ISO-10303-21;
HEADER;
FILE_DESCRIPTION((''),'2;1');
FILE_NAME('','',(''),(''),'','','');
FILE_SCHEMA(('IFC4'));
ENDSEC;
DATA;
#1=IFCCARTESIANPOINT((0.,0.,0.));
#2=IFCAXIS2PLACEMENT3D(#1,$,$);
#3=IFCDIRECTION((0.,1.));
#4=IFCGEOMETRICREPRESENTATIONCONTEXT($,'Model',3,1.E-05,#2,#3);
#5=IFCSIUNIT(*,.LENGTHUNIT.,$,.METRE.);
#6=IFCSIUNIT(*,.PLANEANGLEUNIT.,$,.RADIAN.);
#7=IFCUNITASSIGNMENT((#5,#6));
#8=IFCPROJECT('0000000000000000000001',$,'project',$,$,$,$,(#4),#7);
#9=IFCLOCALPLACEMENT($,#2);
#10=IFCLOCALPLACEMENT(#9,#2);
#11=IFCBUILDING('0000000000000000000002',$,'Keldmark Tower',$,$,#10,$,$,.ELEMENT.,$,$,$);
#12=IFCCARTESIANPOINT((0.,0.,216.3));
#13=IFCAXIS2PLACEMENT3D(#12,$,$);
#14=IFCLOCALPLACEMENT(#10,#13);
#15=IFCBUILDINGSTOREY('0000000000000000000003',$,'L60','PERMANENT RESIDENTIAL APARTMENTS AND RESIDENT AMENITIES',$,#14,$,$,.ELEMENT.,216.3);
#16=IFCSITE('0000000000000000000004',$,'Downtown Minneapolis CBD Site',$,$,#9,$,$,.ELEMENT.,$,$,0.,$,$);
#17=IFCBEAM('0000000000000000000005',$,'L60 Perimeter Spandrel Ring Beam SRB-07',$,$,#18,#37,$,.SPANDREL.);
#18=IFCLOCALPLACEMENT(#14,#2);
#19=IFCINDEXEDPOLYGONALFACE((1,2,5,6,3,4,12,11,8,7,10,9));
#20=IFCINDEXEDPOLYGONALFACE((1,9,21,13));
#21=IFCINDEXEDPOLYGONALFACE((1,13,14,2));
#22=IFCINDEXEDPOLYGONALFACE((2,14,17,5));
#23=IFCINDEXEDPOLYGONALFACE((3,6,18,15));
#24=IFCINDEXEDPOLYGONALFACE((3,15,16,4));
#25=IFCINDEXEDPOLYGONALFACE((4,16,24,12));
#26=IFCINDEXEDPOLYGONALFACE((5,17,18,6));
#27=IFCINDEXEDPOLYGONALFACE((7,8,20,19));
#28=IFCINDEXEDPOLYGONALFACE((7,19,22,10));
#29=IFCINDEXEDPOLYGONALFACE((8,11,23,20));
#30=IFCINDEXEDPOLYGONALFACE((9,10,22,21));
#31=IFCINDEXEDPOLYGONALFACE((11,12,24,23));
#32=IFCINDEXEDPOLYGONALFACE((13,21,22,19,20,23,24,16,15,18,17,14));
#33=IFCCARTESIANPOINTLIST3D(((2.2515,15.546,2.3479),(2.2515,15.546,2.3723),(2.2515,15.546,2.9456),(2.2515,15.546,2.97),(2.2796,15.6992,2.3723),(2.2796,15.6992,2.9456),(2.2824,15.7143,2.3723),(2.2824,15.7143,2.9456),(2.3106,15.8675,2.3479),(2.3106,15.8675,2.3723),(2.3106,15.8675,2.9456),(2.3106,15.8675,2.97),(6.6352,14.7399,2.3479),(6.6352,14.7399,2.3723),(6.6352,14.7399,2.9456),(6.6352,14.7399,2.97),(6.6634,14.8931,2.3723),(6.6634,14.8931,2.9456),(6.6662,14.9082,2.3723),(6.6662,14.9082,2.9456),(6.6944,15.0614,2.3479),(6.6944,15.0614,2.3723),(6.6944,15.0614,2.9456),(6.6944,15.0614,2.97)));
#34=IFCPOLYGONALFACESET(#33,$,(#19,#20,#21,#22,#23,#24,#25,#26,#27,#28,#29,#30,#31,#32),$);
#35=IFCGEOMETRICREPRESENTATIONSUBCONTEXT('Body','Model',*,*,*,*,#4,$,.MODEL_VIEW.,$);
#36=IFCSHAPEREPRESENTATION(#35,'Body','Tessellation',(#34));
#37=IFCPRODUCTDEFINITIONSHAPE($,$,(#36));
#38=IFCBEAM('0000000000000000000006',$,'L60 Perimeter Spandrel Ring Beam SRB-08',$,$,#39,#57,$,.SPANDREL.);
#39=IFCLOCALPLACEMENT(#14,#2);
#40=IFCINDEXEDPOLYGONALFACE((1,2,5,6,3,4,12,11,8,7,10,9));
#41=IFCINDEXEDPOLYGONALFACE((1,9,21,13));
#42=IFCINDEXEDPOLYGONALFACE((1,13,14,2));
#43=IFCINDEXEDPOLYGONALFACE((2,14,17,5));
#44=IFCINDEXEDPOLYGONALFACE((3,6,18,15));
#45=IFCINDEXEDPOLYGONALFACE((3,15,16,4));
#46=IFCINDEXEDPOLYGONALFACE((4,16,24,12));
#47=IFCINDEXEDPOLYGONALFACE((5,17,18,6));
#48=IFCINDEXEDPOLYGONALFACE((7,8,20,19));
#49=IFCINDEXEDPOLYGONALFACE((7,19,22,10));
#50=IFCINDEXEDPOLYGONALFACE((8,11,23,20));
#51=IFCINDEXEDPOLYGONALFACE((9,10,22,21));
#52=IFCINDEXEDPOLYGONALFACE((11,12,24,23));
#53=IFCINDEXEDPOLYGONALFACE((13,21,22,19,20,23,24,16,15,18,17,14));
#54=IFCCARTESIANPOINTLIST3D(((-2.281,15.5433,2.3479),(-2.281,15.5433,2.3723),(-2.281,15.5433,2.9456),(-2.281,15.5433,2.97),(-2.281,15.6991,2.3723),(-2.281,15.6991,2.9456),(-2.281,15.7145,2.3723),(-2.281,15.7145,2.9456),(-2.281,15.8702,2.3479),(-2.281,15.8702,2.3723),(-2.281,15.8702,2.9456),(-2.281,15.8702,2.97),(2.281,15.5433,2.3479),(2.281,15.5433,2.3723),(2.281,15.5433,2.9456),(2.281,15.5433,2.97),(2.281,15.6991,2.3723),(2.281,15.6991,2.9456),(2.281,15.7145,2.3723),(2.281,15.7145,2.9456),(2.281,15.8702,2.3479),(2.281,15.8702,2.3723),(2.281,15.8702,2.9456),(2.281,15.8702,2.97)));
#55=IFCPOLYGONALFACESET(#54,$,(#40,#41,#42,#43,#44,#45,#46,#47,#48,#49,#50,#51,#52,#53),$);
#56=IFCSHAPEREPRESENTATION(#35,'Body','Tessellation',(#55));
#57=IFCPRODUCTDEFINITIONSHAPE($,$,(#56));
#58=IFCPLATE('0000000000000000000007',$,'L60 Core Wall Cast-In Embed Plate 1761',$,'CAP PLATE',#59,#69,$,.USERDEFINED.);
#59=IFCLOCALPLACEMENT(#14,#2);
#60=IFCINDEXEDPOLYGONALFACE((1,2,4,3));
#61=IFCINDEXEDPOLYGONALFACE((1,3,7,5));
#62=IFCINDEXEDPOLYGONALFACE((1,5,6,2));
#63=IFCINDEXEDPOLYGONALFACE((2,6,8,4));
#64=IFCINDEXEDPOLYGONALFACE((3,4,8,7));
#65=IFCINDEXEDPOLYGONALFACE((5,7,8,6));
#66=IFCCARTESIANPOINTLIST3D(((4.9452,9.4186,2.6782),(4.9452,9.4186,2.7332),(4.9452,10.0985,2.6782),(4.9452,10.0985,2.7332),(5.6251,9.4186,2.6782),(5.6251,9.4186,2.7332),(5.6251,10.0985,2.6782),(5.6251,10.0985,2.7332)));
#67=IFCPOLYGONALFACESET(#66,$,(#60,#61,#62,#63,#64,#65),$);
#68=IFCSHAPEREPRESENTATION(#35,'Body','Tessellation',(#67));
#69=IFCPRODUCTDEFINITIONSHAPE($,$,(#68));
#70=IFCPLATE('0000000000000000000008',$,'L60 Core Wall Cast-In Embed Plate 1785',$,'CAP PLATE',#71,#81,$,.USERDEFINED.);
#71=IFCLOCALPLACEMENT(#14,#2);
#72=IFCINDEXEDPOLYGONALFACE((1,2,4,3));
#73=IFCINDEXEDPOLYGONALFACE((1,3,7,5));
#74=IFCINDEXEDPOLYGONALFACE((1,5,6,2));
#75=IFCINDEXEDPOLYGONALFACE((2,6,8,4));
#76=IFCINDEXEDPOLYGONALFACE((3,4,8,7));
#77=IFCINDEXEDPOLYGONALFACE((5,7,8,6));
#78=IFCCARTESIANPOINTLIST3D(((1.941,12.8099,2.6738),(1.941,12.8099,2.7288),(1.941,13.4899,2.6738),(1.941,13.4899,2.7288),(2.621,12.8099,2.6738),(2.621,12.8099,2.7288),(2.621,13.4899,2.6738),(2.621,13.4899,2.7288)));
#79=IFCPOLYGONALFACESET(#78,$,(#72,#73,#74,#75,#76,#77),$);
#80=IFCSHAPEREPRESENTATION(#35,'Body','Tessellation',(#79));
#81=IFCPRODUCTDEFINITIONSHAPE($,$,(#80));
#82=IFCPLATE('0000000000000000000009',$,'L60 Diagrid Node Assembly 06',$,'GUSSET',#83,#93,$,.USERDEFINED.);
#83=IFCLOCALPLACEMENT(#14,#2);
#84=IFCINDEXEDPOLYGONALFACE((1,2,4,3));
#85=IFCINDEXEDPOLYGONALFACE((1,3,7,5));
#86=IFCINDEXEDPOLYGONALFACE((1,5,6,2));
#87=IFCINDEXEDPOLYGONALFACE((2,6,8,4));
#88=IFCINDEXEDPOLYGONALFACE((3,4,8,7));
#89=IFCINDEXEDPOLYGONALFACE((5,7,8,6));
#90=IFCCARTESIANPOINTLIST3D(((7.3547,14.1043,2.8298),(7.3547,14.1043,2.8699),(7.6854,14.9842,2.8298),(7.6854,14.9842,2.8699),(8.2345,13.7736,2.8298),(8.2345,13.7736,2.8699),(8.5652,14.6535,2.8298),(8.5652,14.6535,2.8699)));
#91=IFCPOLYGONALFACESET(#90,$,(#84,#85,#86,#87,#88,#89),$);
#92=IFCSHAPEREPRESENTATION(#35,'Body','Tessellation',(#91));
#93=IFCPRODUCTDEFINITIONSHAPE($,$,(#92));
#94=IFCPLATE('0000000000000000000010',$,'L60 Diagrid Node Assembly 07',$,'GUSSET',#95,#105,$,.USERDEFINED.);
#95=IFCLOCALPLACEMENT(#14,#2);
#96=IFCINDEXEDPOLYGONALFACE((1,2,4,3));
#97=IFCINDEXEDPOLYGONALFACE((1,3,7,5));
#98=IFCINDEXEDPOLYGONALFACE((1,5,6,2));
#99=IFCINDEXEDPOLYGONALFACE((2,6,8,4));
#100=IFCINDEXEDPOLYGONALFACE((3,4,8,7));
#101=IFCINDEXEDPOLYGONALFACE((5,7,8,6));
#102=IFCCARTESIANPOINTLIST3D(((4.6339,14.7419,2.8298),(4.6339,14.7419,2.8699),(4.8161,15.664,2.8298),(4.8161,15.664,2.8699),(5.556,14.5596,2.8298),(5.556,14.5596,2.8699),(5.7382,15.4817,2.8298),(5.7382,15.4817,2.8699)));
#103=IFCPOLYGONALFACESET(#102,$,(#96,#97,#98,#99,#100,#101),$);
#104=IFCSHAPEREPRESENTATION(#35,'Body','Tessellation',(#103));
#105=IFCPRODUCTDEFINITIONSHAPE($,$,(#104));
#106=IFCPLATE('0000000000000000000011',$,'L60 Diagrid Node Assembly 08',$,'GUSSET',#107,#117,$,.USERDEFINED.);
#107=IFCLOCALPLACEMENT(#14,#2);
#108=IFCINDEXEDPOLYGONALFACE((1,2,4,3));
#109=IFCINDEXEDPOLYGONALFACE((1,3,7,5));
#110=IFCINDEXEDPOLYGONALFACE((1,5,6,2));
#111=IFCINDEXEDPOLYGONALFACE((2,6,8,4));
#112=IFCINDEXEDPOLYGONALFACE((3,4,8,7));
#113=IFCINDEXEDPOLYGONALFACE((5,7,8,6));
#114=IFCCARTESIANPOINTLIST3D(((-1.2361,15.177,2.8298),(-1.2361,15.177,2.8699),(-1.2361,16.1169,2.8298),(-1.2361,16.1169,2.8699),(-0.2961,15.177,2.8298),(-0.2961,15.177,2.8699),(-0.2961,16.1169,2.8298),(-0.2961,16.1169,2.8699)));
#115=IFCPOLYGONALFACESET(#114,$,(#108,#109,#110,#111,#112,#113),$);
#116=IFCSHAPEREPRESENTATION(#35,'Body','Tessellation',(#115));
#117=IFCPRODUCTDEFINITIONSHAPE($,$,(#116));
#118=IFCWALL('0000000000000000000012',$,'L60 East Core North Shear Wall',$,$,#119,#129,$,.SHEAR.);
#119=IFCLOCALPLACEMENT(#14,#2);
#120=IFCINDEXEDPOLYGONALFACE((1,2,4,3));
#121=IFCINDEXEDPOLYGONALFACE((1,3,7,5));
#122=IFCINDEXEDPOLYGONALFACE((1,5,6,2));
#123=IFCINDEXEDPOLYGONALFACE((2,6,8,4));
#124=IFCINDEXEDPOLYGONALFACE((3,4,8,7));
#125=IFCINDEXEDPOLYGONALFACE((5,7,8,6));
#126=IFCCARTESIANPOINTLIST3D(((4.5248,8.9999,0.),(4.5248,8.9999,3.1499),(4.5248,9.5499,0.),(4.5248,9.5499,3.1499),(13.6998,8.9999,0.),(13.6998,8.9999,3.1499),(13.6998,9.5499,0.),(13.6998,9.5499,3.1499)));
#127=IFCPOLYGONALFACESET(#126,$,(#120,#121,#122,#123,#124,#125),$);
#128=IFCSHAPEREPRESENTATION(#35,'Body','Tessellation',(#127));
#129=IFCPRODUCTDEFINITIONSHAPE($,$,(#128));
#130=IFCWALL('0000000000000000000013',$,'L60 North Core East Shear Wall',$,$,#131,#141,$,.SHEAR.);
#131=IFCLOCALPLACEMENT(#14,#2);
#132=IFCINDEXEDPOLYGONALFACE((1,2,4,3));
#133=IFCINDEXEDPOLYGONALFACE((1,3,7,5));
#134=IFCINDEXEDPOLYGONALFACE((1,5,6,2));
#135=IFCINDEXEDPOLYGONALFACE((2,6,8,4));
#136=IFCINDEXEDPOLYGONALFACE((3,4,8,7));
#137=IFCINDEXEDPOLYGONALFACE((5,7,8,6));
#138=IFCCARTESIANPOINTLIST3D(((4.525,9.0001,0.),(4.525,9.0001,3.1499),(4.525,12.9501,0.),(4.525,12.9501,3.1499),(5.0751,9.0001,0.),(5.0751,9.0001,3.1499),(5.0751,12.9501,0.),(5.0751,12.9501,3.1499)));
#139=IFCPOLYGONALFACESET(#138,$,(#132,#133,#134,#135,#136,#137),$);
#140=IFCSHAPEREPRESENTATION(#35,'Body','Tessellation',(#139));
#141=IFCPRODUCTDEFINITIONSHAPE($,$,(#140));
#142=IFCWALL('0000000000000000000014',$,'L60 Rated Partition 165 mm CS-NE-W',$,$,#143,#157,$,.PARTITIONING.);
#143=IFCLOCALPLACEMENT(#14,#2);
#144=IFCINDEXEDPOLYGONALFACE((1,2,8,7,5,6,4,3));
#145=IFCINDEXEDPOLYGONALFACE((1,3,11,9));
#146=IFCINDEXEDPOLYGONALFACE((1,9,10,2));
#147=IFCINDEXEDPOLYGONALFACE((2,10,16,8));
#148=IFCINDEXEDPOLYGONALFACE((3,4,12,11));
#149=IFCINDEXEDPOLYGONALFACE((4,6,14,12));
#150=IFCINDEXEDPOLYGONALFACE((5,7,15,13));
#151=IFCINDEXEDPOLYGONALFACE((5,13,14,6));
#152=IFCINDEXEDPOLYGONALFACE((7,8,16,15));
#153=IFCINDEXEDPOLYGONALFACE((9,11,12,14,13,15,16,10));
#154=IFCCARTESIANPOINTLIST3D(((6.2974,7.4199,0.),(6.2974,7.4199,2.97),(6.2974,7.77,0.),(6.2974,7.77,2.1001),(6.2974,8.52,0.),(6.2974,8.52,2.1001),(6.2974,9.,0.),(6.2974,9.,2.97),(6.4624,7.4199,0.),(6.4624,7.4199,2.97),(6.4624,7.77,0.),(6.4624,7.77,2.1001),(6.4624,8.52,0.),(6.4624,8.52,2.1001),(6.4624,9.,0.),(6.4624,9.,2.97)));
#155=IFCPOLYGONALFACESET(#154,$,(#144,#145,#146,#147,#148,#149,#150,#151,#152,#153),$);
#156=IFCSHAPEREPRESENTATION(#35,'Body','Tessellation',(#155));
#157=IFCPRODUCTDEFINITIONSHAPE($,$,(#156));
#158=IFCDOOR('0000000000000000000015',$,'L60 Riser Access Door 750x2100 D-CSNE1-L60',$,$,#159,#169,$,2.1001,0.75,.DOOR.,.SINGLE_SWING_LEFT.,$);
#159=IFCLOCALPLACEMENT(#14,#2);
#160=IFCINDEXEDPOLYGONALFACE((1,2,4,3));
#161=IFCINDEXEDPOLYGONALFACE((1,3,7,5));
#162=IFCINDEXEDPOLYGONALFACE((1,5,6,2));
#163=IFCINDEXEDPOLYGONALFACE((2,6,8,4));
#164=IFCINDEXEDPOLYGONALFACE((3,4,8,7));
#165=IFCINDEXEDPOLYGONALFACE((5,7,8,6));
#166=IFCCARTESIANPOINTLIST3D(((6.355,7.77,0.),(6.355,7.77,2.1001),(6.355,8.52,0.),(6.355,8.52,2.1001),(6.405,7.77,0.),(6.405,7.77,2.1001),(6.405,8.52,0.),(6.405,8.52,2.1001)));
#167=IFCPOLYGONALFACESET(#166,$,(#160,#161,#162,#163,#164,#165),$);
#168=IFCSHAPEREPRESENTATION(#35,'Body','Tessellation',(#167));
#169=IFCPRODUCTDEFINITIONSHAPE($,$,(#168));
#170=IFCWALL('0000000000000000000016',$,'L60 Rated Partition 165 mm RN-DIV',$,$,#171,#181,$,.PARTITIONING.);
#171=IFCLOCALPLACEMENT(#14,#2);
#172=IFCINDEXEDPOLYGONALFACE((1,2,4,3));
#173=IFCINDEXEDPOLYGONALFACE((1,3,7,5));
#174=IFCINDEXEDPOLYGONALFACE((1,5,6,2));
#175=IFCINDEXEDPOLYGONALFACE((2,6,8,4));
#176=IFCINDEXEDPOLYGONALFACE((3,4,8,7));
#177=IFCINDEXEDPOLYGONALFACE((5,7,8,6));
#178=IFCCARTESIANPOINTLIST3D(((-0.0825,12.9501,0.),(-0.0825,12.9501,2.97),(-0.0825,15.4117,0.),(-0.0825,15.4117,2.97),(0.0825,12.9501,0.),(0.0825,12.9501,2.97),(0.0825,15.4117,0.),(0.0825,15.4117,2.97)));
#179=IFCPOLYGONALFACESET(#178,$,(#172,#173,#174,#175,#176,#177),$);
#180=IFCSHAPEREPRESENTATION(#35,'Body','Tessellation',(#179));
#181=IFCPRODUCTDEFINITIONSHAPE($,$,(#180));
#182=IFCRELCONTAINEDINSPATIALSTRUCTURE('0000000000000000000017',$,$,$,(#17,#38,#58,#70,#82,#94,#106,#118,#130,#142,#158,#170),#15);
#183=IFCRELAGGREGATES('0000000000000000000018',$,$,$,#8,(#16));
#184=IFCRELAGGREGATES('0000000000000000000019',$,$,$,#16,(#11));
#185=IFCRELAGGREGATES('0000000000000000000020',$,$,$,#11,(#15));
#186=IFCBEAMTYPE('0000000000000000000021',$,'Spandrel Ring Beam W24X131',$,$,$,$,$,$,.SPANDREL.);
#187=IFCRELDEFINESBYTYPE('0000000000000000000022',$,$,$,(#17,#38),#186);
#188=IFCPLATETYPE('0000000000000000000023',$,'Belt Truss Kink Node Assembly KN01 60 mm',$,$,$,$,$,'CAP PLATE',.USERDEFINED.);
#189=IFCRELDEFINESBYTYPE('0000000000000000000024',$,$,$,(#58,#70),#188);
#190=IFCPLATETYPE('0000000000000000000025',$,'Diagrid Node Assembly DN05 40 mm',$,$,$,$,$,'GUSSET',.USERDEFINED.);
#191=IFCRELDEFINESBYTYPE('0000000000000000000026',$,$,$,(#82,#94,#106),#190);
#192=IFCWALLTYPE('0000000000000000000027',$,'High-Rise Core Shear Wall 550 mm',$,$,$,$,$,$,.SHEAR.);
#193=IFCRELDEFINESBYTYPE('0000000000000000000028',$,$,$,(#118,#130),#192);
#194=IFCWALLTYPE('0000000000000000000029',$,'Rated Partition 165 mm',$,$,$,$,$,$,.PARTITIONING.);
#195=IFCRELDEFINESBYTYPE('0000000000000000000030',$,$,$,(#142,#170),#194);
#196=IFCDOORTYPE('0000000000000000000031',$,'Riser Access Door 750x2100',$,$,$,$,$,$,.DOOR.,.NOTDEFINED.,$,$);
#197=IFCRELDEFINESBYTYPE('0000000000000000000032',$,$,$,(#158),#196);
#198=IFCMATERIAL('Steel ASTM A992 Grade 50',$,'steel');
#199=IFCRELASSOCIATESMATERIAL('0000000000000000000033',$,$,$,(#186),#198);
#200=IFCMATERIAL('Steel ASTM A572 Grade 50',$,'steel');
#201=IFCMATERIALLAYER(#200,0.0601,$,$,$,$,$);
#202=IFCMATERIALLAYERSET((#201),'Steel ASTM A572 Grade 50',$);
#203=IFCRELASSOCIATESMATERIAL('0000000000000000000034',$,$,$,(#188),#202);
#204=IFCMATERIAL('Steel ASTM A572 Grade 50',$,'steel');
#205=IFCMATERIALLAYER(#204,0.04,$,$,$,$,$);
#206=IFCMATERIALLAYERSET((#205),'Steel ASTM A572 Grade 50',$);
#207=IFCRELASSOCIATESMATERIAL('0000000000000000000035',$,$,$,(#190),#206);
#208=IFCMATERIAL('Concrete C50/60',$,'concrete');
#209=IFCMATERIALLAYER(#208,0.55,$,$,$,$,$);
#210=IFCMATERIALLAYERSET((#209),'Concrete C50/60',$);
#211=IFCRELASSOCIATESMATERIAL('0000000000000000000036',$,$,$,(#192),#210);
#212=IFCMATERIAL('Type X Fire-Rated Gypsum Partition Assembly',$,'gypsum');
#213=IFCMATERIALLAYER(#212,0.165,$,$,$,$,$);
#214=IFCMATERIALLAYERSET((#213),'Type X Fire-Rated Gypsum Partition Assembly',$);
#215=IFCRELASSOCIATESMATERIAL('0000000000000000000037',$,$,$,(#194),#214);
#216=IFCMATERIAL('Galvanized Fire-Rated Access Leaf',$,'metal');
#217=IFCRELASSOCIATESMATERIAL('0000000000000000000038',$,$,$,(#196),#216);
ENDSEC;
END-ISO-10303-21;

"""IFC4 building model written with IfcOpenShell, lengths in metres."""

from ifc_helpers import new_model, si_unit, direction, frame, frame_2d, origin, origin_2d, place, context, subcontext, project, spatial, rectangle, i_section, extrude, material, layer, layer_set, material_profile, profile_set, type_object, element, fill, save


model = new_model("IFC4")

# Units and contexts
model_context = context("Model", 3, precision=1e-05, world=origin(), true_north=direction((0.0, 1.0)))
body_context = subcontext(model_context, "Body", "Model", "MODEL_VIEW")
ifc_project = project(units=[si_unit("LENGTHUNIT", "METRE"), si_unit("PLANEANGLEUNIT", "RADIAN")], contexts=[model_context])

# Site, building, storey
site_placement = place(None, origin())
site = spatial("IfcSite", under=ifc_project, at=site_placement, Name="Downtown Minneapolis CBD Site", CompositionType="ELEMENT", RefElevation=0.0)
building_placement = place(site_placement, origin())
building = spatial("IfcBuilding", under=site, at=building_placement, Name="Keldmark Tower", CompositionType="ELEMENT")
storey_placement = place(building_placement, frame((0.0, 0.0, 216.3)))
storey = spatial("IfcBuildingStorey", under=building, at=storey_placement, Name="L60", Description="PERMANENT RESIDENTIAL APARTMENTS AND RESIDENT AMENITIES", CompositionType="ELEMENT", Elevation=216.3)

# Beams
ifc_material_1 = material(Name="Steel ASTM A992 Grade 50", Category="steel")
ifc_material_profile_1 = material_profile(ifc_material_1, i_section(OverallWidth=0.3269, OverallDepth=0.6221, WebThickness=0.0154, FlangeThickness=0.0244, at=origin_2d()), Name="W24X131")
ifc_profile_set_1 = profile_set([ifc_material_profile_1], Name="Steel ASTM A992 Grade 50")
beam_type_1 = type_object("IfcBeamType", Name="Spandrel Ring Beam W24X131", PredefinedType="SPANDREL", material=ifc_profile_set_1)
beam_1_placement = place(storey_placement, frame((6.6648, 14.9006, 2.6589), z_axis=(-0.983509, 0.180861, 0.0), x_axis=(-0.180861, -0.983509, 0.0)))
element("IfcBeam", 1, at=beam_1_placement, inside=storey, type_object=beam_type_1, Name="L60 Perimeter Spandrel Ring Beam SRB-07", PredefinedType="SPANDREL", context=body_context, shape_type="SweptSolid", body=[
    extrude(i_section(OverallWidth=0.3269, OverallDepth=0.6221, WebThickness=0.0154, FlangeThickness=0.0244, at=origin_2d()), origin(), (0.0, 0.0, 1.0), 4.4573),
])
beam_2_placement = place(storey_placement, frame((2.281, 15.7068, 2.6589), z_axis=(-1.0, 0.0, 0.0), x_axis=(0.0, -1.0, 0.0)))
element("IfcBeam", 2, at=beam_2_placement, inside=storey, type_object=beam_type_1, Name="L60 Perimeter Spandrel Ring Beam SRB-08", PredefinedType="SPANDREL", context=body_context, shape_type="SweptSolid", body=[
    extrude(i_section(OverallWidth=0.3269, OverallDepth=0.6221, WebThickness=0.0154, FlangeThickness=0.0244, at=origin_2d()), origin(), (0.0, 0.0, 1.0), 4.562),
])

# Plates
ifc_material_2 = material(Name="Steel ASTM A572 Grade 50", Category="steel")
ifc_layer_1 = layer(ifc_material_2, 0.0601)
ifc_layer_set_1 = layer_set([ifc_layer_1], Name="Steel ASTM A572 Grade 50")
plate_type_1 = type_object("IfcPlateType", Name="Belt Truss Kink Node Assembly KN01 60 mm", ElementType="CAP PLATE", PredefinedType="USERDEFINED", material=ifc_layer_set_1)
for number, where, z_axis, x_axis, name in (
    (3, (5.2852, 9.7585, 2.6782), (0.0, 0.0, 1.0), (1.0, 0.0, 0.0), "L60 Core Wall Cast-In Embed Plate 1761"),
    (4, (2.281, 13.1499, 2.6738), (0.0, 0.0, 1.0), (1.0, 0.0, 0.0), "L60 Core Wall Cast-In Embed Plate 1785"),
):
    element("IfcPlate", number, at=place(storey_placement, frame(where, z_axis=z_axis, x_axis=x_axis)), inside=storey, type_object=plate_type_1, Name=name, ObjectType="CAP PLATE", PredefinedType="USERDEFINED", context=body_context, shape_type="SweptSolid", body=[
        extrude(rectangle(XDim=0.6799, YDim=0.6799, at=origin_2d()), origin(), (0.0, 0.0, 1.0), 0.0549),
    ])
ifc_material_3 = material(Name="Steel ASTM A572 Grade 50", Category="steel")
ifc_layer_2 = layer(ifc_material_3, 0.04)
ifc_layer_set_2 = layer_set([ifc_layer_2], Name="Steel ASTM A572 Grade 50")
plate_type_2 = type_object("IfcPlateType", Name="Diagrid Node Assembly DN05 40 mm", ElementType="GUSSET", PredefinedType="USERDEFINED", material=ifc_layer_set_2)
for number, where, z_axis, x_axis, name in (
    (5, (7.96, 14.3789, 2.8298), (0.0, 0.0, 1.0), (-0.93606, 0.351842, 0.0), "L60 Diagrid Node Assembly 06"),
    (6, (5.186, 15.1118, 2.8298), (0.0, 0.0, 1.0), (-0.981023, 0.193892, 0.0), "L60 Diagrid Node Assembly 07"),
    (7, (-0.7661, 15.647, 2.8298), (0.0, 0.0, 1.0), (-1.0, 0.0, 0.0), "L60 Diagrid Node Assembly 08"),
):
    element("IfcPlate", number, at=place(storey_placement, frame(where, z_axis=z_axis, x_axis=x_axis)), inside=storey, type_object=plate_type_2, Name=name, ObjectType="GUSSET", PredefinedType="USERDEFINED", context=body_context, shape_type="SweptSolid", body=[
        extrude(rectangle(XDim=0.9399, YDim=0.9399, at=origin_2d()), origin(), (0.0, 0.0, 1.0), 0.04),
    ])

# Walls
ifc_material_4 = material(Name="Concrete C50/60", Category="concrete")
ifc_layer_3 = layer(ifc_material_4, 0.55)
ifc_layer_set_3 = layer_set([ifc_layer_3], Name="Concrete C50/60")
wall_type_1 = type_object("IfcWallType", Name="High-Rise Core Shear Wall 550 mm", PredefinedType="SHEAR", material=ifc_layer_set_3)
wall_1_placement = place(storey_placement, frame((4.5249, 9.2749, 0.0), z_axis=(0.0, 0.0, 1.0), x_axis=(1.0, 0.0, 0.0)))
element("IfcWall", 8, at=wall_1_placement, inside=storey, type_object=wall_type_1, Name="L60 East Core North Shear Wall", PredefinedType="SHEAR", context=body_context, shape_type="SweptSolid", body=[
    extrude(rectangle(XDim=9.175, YDim=0.55, at=frame_2d((4.5874, 0.0))), origin(), (0.0, 0.0, 1.0), 3.1499),
])
wall_2_placement = place(storey_placement, frame((4.8, 9.0, 0.0), z_axis=(0.0, 0.0, 1.0), x_axis=(0.0, 1.0, 0.0)))
element("IfcWall", 9, at=wall_2_placement, inside=storey, type_object=wall_type_1, Name="L60 North Core East Shear Wall", PredefinedType="SHEAR", context=body_context, shape_type="SweptSolid", body=[
    extrude(rectangle(XDim=3.95, YDim=0.55, at=frame_2d((1.9751, 0.0))), origin(), (0.0, 0.0, 1.0), 3.1499),
])

# Wall, opening, door
ifc_material_5 = material(Name="Type X Fire-Rated Gypsum Partition Assembly", Category="gypsum")
ifc_layer_4 = layer(ifc_material_5, 0.165)
ifc_layer_set_4 = layer_set([ifc_layer_4], Name="Type X Fire-Rated Gypsum Partition Assembly")
wall_type_2 = type_object("IfcWallType", Name="Rated Partition 165 mm", PredefinedType="PARTITIONING", material=ifc_layer_set_4)
wall_3_placement = place(storey_placement, frame((6.3799, 7.4199, 0.0), z_axis=(0.0, 0.0, 1.0), x_axis=(0.0, 1.0, 0.0)))
wall_3 = element("IfcWall", 10, at=wall_3_placement, inside=storey, type_object=wall_type_2, Name="L60 Rated Partition 165 mm CS-NE-W", PredefinedType="PARTITIONING", context=body_context, shape_type="SweptSolid", body=[
    extrude(rectangle(XDim=1.5801, YDim=0.165, at=frame_2d((0.79, 0.0))), origin(), (0.0, 0.0, 1.0), 2.97),
])
opening_1_placement = place(wall_3_placement, frame((0.3501, 0.0, 0.0)))
opening_1 = element("IfcOpeningElement", 11, at=opening_1_placement, cuts=wall_3, PredefinedType="OPENING", context=body_context, shape_type="SweptSolid", body=[
    extrude(rectangle(XDim=0.75, YDim=2.1001, at=frame_2d((0.375, 1.05))), frame((0.0, 0.0925, 0.0), z_axis=(0.0, -1.0, 0.0), x_axis=(1.0, 0.0, 0.0)), (0.0, 0.0, 1.0), 0.1851),
])
ifc_material_6 = material(Name="Galvanized Fire-Rated Access Leaf", Category="metal")
door_type = type_object("IfcDoorType", Name="Riser Access Door 750x2100", OperationType="NOTDEFINED", PredefinedType="DOOR", material=ifc_material_6)
door_placement = place(opening_1_placement, origin())
door = element("IfcDoor", 12, at=door_placement, inside=storey, type_object=door_type, Name="L60 Riser Access Door 750x2100 D-CSNE1-L60", OperationType="SINGLE_SWING_LEFT", OverallHeight=2.1001, OverallWidth=0.75, PredefinedType="DOOR", context=body_context, shape_type="SweptSolid", body=[
    extrude(rectangle(XDim=0.75, YDim=2.1001, at=frame_2d((0.375, 1.05))), frame((0.0, 0.0249, 0.0), z_axis=(0.0, -1.0, 0.0), x_axis=(1.0, 0.0, 0.0)), (0.0, 0.0, 1.0), 0.05),
])
fill(opening_1, door)

# Wall
wall_4_placement = place(storey_placement, frame((0.0, 12.95, 0.0), z_axis=(0.0, 0.0, 1.0), x_axis=(0.0, 1.0, 0.0)))
element("IfcWall", 13, at=wall_4_placement, inside=storey, type_object=wall_type_2, Name="L60 Rated Partition 165 mm RN-DIV", PredefinedType="PARTITIONING", context=body_context, shape_type="SweptSolid", body=[
    extrude(rectangle(XDim=2.4617, YDim=0.165, at=frame_2d((1.231, 0.0))), origin(), (0.0, 0.0, 1.0), 2.97),
])

save(model, "model.ifc")
